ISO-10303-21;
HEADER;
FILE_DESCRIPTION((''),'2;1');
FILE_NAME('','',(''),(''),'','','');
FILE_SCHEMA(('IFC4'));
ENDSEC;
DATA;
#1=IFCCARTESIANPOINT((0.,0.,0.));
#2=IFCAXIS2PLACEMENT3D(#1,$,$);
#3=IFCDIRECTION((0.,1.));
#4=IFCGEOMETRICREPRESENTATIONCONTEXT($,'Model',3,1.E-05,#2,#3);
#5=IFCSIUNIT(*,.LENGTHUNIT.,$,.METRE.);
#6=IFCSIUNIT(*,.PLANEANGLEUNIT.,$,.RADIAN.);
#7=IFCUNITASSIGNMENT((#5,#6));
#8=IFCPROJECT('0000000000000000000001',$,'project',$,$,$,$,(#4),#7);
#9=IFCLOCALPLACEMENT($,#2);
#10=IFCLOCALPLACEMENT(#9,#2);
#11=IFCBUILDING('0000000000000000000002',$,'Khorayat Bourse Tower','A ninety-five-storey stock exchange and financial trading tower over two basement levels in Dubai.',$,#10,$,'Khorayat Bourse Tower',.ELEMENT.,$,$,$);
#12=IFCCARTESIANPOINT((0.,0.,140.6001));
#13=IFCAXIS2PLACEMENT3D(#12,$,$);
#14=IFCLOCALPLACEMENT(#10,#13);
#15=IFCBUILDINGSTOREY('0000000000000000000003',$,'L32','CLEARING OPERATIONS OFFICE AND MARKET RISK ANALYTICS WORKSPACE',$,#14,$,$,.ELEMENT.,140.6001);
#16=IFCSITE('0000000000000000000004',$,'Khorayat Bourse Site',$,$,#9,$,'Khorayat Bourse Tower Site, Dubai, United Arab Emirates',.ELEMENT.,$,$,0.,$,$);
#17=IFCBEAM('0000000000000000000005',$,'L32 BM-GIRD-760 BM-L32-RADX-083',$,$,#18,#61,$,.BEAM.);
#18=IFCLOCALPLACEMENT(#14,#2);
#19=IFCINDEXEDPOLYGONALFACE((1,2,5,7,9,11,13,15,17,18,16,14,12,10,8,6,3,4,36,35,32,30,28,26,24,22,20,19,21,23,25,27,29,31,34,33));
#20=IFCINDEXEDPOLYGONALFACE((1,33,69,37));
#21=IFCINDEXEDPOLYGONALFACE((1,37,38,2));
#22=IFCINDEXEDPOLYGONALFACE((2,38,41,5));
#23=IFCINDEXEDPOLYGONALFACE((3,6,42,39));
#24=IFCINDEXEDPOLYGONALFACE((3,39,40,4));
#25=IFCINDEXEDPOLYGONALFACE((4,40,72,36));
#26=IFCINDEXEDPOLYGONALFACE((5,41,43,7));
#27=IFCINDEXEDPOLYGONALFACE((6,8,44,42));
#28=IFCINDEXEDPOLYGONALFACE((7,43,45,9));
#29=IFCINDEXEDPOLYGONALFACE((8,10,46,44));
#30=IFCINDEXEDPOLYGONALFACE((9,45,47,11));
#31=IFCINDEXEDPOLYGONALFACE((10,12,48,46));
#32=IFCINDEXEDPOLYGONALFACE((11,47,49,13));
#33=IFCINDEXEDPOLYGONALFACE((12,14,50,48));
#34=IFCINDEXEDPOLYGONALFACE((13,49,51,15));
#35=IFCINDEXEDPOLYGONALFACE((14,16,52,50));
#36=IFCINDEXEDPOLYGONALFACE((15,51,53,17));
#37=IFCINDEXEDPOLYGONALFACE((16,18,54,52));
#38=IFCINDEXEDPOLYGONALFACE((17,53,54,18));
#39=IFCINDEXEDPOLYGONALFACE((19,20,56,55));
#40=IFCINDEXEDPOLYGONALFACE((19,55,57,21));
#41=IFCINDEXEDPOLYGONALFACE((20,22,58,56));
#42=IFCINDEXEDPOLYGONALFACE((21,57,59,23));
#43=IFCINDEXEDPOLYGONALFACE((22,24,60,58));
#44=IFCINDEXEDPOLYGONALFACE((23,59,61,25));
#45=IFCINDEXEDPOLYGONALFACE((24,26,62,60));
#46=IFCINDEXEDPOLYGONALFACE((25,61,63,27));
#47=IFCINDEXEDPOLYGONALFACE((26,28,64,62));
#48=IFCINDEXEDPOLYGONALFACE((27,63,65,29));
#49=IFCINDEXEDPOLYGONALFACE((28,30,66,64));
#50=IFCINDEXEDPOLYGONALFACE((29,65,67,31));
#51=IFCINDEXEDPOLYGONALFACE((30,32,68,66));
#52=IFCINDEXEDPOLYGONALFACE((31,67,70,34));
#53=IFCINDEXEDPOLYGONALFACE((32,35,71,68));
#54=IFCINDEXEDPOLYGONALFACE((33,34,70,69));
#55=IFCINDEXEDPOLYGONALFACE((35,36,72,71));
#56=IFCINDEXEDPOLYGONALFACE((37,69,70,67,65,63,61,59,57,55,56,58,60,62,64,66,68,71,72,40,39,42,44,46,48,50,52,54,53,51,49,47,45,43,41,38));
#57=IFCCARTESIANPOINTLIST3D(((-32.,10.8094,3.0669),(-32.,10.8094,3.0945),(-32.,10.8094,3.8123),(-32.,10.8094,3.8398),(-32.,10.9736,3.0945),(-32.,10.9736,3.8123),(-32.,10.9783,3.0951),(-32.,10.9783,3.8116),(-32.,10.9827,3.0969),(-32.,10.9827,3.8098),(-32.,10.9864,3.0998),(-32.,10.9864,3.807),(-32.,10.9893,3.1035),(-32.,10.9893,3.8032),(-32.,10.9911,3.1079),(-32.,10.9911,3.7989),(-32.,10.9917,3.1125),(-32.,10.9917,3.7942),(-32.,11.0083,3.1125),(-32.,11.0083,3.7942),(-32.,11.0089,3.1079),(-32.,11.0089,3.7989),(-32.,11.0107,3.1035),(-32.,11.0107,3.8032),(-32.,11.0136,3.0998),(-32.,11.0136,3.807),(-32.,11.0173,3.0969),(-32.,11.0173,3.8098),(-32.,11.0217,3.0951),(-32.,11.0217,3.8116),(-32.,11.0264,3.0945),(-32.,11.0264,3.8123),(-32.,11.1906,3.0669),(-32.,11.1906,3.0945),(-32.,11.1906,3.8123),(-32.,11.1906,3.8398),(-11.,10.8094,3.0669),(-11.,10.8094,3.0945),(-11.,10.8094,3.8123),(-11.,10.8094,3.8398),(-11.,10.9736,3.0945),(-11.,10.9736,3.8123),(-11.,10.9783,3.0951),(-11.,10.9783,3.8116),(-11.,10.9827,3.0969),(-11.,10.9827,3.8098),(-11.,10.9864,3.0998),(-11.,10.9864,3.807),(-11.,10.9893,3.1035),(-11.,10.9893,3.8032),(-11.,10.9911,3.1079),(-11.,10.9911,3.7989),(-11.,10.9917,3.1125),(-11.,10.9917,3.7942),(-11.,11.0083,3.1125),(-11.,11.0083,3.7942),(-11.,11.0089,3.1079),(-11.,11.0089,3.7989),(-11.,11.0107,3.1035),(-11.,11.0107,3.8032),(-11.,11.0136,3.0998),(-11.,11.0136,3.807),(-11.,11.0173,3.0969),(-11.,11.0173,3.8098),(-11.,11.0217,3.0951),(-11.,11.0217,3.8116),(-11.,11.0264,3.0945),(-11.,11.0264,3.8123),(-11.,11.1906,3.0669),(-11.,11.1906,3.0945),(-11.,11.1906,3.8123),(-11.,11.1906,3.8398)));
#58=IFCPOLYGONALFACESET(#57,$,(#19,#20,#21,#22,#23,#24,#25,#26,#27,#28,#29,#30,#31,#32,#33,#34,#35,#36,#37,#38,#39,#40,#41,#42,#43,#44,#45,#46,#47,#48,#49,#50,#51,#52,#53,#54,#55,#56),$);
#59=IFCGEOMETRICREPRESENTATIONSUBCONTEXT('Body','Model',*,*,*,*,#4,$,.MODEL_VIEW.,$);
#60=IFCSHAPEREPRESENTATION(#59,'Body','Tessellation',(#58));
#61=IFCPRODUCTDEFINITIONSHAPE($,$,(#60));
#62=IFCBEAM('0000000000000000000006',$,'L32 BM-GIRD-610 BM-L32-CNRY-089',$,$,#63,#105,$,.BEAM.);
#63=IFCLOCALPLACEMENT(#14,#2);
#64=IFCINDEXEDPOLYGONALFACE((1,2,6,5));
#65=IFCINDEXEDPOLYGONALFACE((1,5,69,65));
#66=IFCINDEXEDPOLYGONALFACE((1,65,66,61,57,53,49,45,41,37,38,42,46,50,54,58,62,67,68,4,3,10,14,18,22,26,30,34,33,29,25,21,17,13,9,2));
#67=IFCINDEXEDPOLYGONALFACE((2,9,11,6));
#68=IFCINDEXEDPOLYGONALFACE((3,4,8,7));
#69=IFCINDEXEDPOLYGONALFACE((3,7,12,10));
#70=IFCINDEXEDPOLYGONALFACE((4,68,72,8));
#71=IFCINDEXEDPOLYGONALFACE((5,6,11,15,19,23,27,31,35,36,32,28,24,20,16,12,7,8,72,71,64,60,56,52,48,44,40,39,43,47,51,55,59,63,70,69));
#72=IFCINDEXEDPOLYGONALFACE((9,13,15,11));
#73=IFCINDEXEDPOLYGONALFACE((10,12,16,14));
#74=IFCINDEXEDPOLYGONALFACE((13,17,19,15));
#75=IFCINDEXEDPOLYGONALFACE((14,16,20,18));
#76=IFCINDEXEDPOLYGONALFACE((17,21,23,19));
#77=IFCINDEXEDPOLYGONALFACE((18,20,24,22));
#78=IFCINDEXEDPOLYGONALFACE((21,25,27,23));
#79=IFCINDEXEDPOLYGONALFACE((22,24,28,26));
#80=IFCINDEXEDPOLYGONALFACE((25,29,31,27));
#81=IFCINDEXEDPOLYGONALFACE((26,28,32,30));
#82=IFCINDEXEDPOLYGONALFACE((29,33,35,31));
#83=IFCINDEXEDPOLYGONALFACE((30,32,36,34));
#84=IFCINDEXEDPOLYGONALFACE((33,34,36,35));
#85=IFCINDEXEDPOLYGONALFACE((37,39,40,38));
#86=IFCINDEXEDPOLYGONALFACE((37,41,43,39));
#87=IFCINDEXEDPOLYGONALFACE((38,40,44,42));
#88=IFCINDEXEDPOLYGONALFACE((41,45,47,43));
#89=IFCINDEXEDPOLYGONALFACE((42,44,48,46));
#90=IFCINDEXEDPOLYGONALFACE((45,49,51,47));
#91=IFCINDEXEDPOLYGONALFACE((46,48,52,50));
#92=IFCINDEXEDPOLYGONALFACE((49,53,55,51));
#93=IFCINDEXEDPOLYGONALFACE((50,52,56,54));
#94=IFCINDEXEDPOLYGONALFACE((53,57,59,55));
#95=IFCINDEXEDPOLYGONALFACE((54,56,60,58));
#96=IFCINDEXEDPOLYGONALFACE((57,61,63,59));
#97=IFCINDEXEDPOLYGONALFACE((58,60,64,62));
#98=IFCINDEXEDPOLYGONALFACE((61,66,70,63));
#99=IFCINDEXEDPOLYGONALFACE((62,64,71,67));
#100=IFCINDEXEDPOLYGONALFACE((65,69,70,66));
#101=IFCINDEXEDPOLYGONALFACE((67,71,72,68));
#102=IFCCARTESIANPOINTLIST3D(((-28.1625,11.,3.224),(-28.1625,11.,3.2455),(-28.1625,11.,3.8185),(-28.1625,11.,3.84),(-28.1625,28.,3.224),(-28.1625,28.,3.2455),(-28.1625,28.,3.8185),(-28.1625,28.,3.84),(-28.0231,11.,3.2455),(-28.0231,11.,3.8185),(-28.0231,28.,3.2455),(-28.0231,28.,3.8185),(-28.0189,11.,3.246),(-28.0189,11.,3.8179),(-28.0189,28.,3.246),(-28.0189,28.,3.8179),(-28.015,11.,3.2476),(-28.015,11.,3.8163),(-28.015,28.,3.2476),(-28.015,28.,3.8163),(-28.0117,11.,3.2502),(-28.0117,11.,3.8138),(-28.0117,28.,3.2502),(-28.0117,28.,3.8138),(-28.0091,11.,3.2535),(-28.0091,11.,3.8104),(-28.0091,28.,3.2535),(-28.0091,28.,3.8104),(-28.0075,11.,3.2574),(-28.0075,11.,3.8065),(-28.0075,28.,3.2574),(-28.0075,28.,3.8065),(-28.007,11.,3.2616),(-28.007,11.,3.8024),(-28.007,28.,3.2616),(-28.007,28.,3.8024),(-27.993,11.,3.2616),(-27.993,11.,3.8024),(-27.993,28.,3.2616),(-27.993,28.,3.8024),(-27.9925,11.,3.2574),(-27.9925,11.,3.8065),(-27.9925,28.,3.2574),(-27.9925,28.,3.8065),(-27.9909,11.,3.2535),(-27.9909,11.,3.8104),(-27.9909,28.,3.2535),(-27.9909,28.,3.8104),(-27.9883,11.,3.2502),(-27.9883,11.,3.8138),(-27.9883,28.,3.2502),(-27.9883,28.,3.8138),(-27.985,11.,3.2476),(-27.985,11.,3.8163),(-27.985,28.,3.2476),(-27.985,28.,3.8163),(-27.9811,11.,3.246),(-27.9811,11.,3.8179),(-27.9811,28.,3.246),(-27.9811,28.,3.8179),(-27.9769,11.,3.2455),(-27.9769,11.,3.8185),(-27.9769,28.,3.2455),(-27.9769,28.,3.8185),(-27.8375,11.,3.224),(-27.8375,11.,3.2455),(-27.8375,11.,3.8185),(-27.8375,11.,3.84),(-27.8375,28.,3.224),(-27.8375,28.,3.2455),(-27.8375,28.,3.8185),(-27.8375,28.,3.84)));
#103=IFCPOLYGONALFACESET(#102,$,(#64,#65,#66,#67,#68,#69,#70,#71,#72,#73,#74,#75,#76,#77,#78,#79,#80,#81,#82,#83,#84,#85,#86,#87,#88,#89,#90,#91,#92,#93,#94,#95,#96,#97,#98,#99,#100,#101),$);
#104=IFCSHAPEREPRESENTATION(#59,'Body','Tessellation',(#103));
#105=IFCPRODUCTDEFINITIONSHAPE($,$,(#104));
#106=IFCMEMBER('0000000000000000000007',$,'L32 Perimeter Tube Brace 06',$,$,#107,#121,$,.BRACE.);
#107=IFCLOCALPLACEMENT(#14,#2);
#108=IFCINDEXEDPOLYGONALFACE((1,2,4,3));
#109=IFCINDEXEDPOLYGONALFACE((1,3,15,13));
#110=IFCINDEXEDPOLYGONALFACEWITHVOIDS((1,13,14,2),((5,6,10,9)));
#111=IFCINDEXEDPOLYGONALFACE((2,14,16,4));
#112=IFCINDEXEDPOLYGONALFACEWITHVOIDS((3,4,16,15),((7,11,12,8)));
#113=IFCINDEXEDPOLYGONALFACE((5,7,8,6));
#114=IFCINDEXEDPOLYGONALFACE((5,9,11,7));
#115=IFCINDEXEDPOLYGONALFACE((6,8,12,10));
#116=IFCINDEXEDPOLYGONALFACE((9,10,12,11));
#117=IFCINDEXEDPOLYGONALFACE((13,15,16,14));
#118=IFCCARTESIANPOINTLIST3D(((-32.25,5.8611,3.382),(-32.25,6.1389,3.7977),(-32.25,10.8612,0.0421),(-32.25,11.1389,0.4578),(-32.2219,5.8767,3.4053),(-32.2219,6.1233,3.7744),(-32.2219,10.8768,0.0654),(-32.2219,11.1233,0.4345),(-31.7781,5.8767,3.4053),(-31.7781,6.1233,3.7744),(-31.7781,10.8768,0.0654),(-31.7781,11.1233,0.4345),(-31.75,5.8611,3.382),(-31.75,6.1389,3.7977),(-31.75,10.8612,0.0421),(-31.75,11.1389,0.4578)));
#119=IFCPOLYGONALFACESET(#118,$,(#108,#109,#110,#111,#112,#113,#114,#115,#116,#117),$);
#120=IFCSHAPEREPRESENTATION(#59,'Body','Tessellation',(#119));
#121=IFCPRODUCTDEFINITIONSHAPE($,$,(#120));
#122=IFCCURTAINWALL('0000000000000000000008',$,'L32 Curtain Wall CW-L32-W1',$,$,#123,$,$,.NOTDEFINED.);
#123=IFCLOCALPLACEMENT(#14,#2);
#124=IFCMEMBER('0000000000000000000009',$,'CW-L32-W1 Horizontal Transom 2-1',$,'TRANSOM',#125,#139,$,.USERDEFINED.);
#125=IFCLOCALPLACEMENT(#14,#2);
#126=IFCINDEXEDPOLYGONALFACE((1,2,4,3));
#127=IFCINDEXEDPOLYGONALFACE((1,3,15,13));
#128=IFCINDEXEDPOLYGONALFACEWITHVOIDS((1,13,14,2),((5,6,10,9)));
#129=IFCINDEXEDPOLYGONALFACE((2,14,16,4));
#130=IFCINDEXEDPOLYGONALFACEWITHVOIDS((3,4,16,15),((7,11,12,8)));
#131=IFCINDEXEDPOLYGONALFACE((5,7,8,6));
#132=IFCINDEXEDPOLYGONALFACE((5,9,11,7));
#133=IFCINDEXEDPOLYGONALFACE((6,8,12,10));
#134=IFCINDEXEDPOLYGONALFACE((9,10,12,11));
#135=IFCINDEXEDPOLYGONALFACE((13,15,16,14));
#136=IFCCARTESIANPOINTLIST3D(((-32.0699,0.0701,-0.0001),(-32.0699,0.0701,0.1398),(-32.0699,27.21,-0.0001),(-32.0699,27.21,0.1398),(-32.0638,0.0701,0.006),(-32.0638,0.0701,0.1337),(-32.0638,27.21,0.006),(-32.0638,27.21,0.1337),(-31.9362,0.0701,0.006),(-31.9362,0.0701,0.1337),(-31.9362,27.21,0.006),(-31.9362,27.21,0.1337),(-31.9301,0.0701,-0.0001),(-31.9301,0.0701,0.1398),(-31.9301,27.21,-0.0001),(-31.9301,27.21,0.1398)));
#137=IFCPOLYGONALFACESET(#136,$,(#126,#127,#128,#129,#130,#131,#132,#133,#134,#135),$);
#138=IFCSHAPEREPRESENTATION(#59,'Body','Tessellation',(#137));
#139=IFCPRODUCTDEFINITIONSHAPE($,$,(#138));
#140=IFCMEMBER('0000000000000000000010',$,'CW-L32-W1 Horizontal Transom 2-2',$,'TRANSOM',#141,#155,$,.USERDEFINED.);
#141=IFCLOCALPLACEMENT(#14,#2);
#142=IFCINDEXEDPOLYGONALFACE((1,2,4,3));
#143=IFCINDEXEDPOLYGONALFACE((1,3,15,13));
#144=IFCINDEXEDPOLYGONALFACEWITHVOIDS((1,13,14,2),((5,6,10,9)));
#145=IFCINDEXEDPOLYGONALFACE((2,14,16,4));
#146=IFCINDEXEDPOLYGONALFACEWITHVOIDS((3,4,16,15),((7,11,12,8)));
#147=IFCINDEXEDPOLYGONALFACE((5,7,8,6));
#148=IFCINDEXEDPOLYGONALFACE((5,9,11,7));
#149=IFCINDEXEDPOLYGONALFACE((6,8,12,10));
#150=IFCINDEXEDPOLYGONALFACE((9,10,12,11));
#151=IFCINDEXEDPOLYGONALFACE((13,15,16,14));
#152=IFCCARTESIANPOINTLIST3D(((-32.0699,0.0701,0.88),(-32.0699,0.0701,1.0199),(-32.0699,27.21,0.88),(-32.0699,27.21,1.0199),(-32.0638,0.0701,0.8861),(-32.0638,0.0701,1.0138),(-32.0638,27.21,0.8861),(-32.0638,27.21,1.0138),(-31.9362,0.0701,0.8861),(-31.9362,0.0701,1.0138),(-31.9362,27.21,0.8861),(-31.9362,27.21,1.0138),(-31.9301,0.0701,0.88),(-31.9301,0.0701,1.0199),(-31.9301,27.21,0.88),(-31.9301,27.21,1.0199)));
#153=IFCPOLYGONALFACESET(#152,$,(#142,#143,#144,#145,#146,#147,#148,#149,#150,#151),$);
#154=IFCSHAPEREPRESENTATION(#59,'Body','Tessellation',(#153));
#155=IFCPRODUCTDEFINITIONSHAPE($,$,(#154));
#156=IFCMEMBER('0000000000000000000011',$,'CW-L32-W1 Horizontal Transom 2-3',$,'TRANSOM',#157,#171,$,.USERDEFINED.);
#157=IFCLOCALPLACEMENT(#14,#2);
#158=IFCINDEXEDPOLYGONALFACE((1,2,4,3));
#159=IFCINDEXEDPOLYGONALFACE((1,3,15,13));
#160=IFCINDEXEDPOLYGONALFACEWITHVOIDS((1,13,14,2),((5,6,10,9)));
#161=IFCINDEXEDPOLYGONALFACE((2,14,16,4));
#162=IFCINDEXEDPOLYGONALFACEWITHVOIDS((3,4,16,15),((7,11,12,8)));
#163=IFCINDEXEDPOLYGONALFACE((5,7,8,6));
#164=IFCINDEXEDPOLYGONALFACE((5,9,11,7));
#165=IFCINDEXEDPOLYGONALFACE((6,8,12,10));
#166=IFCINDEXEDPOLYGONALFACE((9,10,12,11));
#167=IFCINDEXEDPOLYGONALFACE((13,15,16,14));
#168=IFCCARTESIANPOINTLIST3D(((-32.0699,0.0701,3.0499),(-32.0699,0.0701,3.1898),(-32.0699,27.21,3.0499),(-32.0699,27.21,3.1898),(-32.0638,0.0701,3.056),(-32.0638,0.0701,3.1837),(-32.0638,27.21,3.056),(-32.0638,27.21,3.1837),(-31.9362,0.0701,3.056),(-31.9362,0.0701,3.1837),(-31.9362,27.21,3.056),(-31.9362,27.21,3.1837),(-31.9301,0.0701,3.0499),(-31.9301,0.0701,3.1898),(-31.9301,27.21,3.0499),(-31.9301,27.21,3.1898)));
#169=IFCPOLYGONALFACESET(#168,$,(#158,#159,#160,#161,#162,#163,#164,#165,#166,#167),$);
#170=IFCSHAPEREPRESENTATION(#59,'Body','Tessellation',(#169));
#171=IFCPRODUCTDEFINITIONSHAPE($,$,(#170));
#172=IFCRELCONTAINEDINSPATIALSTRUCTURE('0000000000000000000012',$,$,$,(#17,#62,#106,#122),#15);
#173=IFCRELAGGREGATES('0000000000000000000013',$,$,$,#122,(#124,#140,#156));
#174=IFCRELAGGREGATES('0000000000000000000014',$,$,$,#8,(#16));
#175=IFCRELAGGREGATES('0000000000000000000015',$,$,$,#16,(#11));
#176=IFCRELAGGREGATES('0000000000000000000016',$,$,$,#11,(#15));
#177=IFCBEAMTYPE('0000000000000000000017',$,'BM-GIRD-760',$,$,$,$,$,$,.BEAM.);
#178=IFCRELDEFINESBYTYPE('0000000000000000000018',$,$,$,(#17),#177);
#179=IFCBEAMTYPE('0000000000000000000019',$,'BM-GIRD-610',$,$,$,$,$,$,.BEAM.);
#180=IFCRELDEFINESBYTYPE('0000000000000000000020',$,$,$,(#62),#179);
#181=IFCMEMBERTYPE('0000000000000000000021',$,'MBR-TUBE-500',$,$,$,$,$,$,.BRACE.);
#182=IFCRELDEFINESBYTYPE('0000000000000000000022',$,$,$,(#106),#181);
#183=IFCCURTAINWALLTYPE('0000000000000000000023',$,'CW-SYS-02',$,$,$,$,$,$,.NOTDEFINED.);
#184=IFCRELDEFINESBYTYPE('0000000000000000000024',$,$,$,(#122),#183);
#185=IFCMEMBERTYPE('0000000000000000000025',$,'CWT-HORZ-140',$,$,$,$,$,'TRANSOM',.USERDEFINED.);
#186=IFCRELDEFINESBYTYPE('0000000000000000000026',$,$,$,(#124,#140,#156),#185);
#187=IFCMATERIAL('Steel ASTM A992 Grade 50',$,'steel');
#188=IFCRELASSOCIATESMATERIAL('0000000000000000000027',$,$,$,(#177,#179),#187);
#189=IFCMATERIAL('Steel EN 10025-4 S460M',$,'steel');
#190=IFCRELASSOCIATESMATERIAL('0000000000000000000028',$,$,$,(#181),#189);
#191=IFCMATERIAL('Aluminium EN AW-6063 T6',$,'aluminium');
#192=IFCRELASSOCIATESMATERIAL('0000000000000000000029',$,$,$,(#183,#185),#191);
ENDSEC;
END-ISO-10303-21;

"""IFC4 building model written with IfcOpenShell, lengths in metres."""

from ifc_helpers import new_model, si_unit, direction, frame, origin, origin_2d, place, context, subcontext, project, spatial, hollow_rectangle, i_section, extrude, source, transform, mapped, material, material_profile, profile_set, type_object, element, aggregate, save


model = new_model("IFC4")

# Units and contexts
model_context = context("Model", 3, precision=1e-05, world=origin(), true_north=direction((0.0, 1.0)))
body_context = subcontext(model_context, "Body", "Model", "MODEL_VIEW")
ifc_project = project(units=[si_unit("LENGTHUNIT", "METRE"), si_unit("PLANEANGLEUNIT", "RADIAN")], contexts=[model_context])

# Site, building, storey
site_placement = place(None, origin())
site = spatial("IfcSite", under=ifc_project, at=site_placement, Name="Khorayat Bourse Site", LongName="Khorayat Bourse Tower Site, Dubai, United Arab Emirates", CompositionType="ELEMENT", RefElevation=0.0)
building_placement = place(site_placement, origin())
building = spatial("IfcBuilding", under=site, at=building_placement, Name="Khorayat Bourse Tower", Description="A ninety-five-storey stock exchange and financial trading tower over two basement levels in Dubai.", LongName="Khorayat Bourse Tower", CompositionType="ELEMENT")
storey_placement = place(building_placement, frame((0.0, 0.0, 140.6001)))
storey = spatial("IfcBuildingStorey", under=building, at=storey_placement, Name="L32", Description="CLEARING OPERATIONS OFFICE AND MARKET RISK ANALYTICS WORKSPACE", CompositionType="ELEMENT", Elevation=140.6001)

# Shared definitions
ifc_material_1 = material(Name="Steel EN 10025-4 S460M", Category="steel")

# Beams
ifc_material_2 = material(Name="Steel ASTM A992 Grade 50", Category="steel")
ifc_material_profile_1 = material_profile(ifc_material_2, i_section(OverallWidth=0.3811, OverallDepth=0.7729, WebThickness=0.0166, FlangeThickness=0.0276, FilletRadius=0.0181, at=origin_2d()), Name="W760X257")
ifc_profile_set_1 = profile_set([ifc_material_profile_1], Name="Steel ASTM A992 Grade 50")
beam_type_1 = type_object("IfcBeamType", Name="BM-GIRD-760", PredefinedType="BEAM", material=ifc_profile_set_1)
shared_shape_1 = source(origin(), body_context, "Body", "SweptSolid", [
    extrude(i_section(OverallWidth=0.3811, OverallDepth=0.7729, WebThickness=0.0166, FlangeThickness=0.0276, FilletRadius=0.0181, at=origin_2d()), origin(), (0.0, 0.0, 1.0), 21.0),
])
for number, where, z_axis, x_axis, name in (
    (1, (-32.0, 11.0, 3.4534), (1.0, 0.0, 0.0), (0.0, 1.0, 0.0), "L32 BM-GIRD-760 BM-L32-RADX-083"),
):
    element("IfcBeam", number, at=place(storey_placement, frame(where, z_axis=z_axis, x_axis=x_axis)), inside=storey, type_object=beam_type_1, Name=name, PredefinedType="BEAM", context=body_context, shape_type="MappedRepresentation", body=[
        mapped(shared_shape_1, transform((0.0, 0.0, 0.0), scale=1.0)),
    ])
ifc_material_profile_2 = material_profile(ifc_material_2, i_section(OverallWidth=0.325, OverallDepth=0.616, WebThickness=0.0139, FlangeThickness=0.0215, FilletRadius=0.0161, at=origin_2d()), Name="W610X174")
ifc_profile_set_2 = profile_set([ifc_material_profile_2], Name="Steel ASTM A992 Grade 50")
beam_type_2 = type_object("IfcBeamType", Name="BM-GIRD-610", PredefinedType="BEAM", material=ifc_profile_set_2)
shared_shape_2 = source(origin(), body_context, "Body", "SweptSolid", [
    extrude(i_section(OverallWidth=0.325, OverallDepth=0.616, WebThickness=0.0139, FlangeThickness=0.0215, FilletRadius=0.0161, at=origin_2d()), origin(), (0.0, 0.0, 1.0), 17.0),
])
beam_1_placement = place(storey_placement, frame((-28.0, 11.0, 3.532), z_axis=(0.0, 1.0, 0.0), x_axis=(-1.0, 0.0, 0.0)))
element("IfcBeam", 2, at=beam_1_placement, inside=storey, type_object=beam_type_2, Name="L32 BM-GIRD-610 BM-L32-CNRY-089", PredefinedType="BEAM", context=body_context, shape_type="MappedRepresentation", body=[
    mapped(shared_shape_2, transform((0.0, 0.0, 0.0), scale=1.0)),
])

# Member
ifc_material_profile_3 = material_profile(ifc_material_1, hollow_rectangle(XDim=0.5, YDim=0.5, WallThickness=0.0281, at=origin_2d()), Name="HSS 500x500x28")
ifc_profile_set_3 = profile_set([ifc_material_profile_3], Name="Steel EN 10025-4 S460M")
member_type_1 = type_object("IfcMemberType", Name="MBR-TUBE-500", PredefinedType="BRACE", material=ifc_profile_set_3)
shared_shape_3 = source(origin(), body_context, "Body", "SweptSolid", [
    extrude(hollow_rectangle(XDim=0.5, YDim=0.5, WallThickness=0.0281, at=origin_2d()), origin(), (0.0, 0.0, 1.0), 6.0129),
])
member_1_placement = place(storey_placement, frame((-32.0, 6.0, 3.5898), z_axis=(0.0, 0.83155, -0.55545), x_axis=(-1.0, 0.0, 0.0)))
element("IfcMember", 3, at=member_1_placement, inside=storey, type_object=member_type_1, Name="L32 Perimeter Tube Brace 06", PredefinedType="BRACE", context=body_context, shape_type="MappedRepresentation", body=[
    mapped(shared_shape_3, transform((0.0, 0.0, 0.0), scale=1.0)),
])

# Curtain wall, members
ifc_material_3 = material(Name="Aluminium EN AW-6063 T6", Category="aluminium")
curtain_wall_type = type_object("IfcCurtainWallType", Name="CW-SYS-02", PredefinedType="NOTDEFINED", material=ifc_material_3)
curtain_wall_placement = place(storey_placement, origin())
curtain_wall = element("IfcCurtainWall", 4, at=curtain_wall_placement, inside=storey, type_object=curtain_wall_type, Name="L32 Curtain Wall CW-L32-W1", PredefinedType="NOTDEFINED")
ifc_material_profile_4 = material_profile(ifc_material_3, hollow_rectangle(XDim=0.1399, YDim=0.1399, WallThickness=0.0061, at=origin_2d()), Name="ALU 140x140x6")
ifc_profile_set_4 = profile_set([ifc_material_profile_4], Name="Aluminium EN AW-6063 T6")
member_type_2 = type_object("IfcMemberType", Name="CWT-HORZ-140", ElementType="TRANSOM", PredefinedType="USERDEFINED", material=ifc_profile_set_4)
shared_shape_4 = source(origin(), body_context, "Body", "SweptSolid", [
    extrude(hollow_rectangle(XDim=0.1399, YDim=0.1399, WallThickness=0.0061, at=origin_2d()), origin(), (0.0, 0.0, 1.0), 27.1399),
])
member_2_placement = place(storey_placement, frame((-32.0, 0.0701, 0.0698), z_axis=(0.0, 1.0, 0.0), x_axis=(-1.0, 0.0, 0.0)))
member_2 = element("IfcMember", 5, at=member_2_placement, type_object=member_type_2, Name="CW-L32-W1 Horizontal Transom 2-1", ObjectType="TRANSOM", PredefinedType="USERDEFINED", context=body_context, shape_type="MappedRepresentation", body=[
    mapped(shared_shape_4, transform((0.0, 0.0, 0.0), scale=1.0)),
])
member_3_placement = place(storey_placement, frame((-32.0, 0.0701, 0.95), z_axis=(0.0, 1.0, 0.0), x_axis=(-1.0, 0.0, 0.0)))
member_3 = element("IfcMember", 6, at=member_3_placement, type_object=member_type_2, Name="CW-L32-W1 Horizontal Transom 2-2", ObjectType="TRANSOM", PredefinedType="USERDEFINED", context=body_context, shape_type="MappedRepresentation", body=[
    mapped(shared_shape_4, transform((0.0, 0.0, 0.0), scale=1.0)),
])
member_4_placement = place(storey_placement, frame((-32.0, 0.0701, 3.1199), z_axis=(0.0, 1.0, 0.0), x_axis=(-1.0, 0.0, 0.0)))
member_4 = element("IfcMember", 7, at=member_4_placement, type_object=member_type_2, Name="CW-L32-W1 Horizontal Transom 2-3", ObjectType="TRANSOM", PredefinedType="USERDEFINED", context=body_context, shape_type="MappedRepresentation", body=[
    mapped(shared_shape_4, transform((0.0, 0.0, 0.0), scale=1.0)),
])
aggregate(curtain_wall, [member_2, member_3, member_4])

save(model, "model.ifc")
